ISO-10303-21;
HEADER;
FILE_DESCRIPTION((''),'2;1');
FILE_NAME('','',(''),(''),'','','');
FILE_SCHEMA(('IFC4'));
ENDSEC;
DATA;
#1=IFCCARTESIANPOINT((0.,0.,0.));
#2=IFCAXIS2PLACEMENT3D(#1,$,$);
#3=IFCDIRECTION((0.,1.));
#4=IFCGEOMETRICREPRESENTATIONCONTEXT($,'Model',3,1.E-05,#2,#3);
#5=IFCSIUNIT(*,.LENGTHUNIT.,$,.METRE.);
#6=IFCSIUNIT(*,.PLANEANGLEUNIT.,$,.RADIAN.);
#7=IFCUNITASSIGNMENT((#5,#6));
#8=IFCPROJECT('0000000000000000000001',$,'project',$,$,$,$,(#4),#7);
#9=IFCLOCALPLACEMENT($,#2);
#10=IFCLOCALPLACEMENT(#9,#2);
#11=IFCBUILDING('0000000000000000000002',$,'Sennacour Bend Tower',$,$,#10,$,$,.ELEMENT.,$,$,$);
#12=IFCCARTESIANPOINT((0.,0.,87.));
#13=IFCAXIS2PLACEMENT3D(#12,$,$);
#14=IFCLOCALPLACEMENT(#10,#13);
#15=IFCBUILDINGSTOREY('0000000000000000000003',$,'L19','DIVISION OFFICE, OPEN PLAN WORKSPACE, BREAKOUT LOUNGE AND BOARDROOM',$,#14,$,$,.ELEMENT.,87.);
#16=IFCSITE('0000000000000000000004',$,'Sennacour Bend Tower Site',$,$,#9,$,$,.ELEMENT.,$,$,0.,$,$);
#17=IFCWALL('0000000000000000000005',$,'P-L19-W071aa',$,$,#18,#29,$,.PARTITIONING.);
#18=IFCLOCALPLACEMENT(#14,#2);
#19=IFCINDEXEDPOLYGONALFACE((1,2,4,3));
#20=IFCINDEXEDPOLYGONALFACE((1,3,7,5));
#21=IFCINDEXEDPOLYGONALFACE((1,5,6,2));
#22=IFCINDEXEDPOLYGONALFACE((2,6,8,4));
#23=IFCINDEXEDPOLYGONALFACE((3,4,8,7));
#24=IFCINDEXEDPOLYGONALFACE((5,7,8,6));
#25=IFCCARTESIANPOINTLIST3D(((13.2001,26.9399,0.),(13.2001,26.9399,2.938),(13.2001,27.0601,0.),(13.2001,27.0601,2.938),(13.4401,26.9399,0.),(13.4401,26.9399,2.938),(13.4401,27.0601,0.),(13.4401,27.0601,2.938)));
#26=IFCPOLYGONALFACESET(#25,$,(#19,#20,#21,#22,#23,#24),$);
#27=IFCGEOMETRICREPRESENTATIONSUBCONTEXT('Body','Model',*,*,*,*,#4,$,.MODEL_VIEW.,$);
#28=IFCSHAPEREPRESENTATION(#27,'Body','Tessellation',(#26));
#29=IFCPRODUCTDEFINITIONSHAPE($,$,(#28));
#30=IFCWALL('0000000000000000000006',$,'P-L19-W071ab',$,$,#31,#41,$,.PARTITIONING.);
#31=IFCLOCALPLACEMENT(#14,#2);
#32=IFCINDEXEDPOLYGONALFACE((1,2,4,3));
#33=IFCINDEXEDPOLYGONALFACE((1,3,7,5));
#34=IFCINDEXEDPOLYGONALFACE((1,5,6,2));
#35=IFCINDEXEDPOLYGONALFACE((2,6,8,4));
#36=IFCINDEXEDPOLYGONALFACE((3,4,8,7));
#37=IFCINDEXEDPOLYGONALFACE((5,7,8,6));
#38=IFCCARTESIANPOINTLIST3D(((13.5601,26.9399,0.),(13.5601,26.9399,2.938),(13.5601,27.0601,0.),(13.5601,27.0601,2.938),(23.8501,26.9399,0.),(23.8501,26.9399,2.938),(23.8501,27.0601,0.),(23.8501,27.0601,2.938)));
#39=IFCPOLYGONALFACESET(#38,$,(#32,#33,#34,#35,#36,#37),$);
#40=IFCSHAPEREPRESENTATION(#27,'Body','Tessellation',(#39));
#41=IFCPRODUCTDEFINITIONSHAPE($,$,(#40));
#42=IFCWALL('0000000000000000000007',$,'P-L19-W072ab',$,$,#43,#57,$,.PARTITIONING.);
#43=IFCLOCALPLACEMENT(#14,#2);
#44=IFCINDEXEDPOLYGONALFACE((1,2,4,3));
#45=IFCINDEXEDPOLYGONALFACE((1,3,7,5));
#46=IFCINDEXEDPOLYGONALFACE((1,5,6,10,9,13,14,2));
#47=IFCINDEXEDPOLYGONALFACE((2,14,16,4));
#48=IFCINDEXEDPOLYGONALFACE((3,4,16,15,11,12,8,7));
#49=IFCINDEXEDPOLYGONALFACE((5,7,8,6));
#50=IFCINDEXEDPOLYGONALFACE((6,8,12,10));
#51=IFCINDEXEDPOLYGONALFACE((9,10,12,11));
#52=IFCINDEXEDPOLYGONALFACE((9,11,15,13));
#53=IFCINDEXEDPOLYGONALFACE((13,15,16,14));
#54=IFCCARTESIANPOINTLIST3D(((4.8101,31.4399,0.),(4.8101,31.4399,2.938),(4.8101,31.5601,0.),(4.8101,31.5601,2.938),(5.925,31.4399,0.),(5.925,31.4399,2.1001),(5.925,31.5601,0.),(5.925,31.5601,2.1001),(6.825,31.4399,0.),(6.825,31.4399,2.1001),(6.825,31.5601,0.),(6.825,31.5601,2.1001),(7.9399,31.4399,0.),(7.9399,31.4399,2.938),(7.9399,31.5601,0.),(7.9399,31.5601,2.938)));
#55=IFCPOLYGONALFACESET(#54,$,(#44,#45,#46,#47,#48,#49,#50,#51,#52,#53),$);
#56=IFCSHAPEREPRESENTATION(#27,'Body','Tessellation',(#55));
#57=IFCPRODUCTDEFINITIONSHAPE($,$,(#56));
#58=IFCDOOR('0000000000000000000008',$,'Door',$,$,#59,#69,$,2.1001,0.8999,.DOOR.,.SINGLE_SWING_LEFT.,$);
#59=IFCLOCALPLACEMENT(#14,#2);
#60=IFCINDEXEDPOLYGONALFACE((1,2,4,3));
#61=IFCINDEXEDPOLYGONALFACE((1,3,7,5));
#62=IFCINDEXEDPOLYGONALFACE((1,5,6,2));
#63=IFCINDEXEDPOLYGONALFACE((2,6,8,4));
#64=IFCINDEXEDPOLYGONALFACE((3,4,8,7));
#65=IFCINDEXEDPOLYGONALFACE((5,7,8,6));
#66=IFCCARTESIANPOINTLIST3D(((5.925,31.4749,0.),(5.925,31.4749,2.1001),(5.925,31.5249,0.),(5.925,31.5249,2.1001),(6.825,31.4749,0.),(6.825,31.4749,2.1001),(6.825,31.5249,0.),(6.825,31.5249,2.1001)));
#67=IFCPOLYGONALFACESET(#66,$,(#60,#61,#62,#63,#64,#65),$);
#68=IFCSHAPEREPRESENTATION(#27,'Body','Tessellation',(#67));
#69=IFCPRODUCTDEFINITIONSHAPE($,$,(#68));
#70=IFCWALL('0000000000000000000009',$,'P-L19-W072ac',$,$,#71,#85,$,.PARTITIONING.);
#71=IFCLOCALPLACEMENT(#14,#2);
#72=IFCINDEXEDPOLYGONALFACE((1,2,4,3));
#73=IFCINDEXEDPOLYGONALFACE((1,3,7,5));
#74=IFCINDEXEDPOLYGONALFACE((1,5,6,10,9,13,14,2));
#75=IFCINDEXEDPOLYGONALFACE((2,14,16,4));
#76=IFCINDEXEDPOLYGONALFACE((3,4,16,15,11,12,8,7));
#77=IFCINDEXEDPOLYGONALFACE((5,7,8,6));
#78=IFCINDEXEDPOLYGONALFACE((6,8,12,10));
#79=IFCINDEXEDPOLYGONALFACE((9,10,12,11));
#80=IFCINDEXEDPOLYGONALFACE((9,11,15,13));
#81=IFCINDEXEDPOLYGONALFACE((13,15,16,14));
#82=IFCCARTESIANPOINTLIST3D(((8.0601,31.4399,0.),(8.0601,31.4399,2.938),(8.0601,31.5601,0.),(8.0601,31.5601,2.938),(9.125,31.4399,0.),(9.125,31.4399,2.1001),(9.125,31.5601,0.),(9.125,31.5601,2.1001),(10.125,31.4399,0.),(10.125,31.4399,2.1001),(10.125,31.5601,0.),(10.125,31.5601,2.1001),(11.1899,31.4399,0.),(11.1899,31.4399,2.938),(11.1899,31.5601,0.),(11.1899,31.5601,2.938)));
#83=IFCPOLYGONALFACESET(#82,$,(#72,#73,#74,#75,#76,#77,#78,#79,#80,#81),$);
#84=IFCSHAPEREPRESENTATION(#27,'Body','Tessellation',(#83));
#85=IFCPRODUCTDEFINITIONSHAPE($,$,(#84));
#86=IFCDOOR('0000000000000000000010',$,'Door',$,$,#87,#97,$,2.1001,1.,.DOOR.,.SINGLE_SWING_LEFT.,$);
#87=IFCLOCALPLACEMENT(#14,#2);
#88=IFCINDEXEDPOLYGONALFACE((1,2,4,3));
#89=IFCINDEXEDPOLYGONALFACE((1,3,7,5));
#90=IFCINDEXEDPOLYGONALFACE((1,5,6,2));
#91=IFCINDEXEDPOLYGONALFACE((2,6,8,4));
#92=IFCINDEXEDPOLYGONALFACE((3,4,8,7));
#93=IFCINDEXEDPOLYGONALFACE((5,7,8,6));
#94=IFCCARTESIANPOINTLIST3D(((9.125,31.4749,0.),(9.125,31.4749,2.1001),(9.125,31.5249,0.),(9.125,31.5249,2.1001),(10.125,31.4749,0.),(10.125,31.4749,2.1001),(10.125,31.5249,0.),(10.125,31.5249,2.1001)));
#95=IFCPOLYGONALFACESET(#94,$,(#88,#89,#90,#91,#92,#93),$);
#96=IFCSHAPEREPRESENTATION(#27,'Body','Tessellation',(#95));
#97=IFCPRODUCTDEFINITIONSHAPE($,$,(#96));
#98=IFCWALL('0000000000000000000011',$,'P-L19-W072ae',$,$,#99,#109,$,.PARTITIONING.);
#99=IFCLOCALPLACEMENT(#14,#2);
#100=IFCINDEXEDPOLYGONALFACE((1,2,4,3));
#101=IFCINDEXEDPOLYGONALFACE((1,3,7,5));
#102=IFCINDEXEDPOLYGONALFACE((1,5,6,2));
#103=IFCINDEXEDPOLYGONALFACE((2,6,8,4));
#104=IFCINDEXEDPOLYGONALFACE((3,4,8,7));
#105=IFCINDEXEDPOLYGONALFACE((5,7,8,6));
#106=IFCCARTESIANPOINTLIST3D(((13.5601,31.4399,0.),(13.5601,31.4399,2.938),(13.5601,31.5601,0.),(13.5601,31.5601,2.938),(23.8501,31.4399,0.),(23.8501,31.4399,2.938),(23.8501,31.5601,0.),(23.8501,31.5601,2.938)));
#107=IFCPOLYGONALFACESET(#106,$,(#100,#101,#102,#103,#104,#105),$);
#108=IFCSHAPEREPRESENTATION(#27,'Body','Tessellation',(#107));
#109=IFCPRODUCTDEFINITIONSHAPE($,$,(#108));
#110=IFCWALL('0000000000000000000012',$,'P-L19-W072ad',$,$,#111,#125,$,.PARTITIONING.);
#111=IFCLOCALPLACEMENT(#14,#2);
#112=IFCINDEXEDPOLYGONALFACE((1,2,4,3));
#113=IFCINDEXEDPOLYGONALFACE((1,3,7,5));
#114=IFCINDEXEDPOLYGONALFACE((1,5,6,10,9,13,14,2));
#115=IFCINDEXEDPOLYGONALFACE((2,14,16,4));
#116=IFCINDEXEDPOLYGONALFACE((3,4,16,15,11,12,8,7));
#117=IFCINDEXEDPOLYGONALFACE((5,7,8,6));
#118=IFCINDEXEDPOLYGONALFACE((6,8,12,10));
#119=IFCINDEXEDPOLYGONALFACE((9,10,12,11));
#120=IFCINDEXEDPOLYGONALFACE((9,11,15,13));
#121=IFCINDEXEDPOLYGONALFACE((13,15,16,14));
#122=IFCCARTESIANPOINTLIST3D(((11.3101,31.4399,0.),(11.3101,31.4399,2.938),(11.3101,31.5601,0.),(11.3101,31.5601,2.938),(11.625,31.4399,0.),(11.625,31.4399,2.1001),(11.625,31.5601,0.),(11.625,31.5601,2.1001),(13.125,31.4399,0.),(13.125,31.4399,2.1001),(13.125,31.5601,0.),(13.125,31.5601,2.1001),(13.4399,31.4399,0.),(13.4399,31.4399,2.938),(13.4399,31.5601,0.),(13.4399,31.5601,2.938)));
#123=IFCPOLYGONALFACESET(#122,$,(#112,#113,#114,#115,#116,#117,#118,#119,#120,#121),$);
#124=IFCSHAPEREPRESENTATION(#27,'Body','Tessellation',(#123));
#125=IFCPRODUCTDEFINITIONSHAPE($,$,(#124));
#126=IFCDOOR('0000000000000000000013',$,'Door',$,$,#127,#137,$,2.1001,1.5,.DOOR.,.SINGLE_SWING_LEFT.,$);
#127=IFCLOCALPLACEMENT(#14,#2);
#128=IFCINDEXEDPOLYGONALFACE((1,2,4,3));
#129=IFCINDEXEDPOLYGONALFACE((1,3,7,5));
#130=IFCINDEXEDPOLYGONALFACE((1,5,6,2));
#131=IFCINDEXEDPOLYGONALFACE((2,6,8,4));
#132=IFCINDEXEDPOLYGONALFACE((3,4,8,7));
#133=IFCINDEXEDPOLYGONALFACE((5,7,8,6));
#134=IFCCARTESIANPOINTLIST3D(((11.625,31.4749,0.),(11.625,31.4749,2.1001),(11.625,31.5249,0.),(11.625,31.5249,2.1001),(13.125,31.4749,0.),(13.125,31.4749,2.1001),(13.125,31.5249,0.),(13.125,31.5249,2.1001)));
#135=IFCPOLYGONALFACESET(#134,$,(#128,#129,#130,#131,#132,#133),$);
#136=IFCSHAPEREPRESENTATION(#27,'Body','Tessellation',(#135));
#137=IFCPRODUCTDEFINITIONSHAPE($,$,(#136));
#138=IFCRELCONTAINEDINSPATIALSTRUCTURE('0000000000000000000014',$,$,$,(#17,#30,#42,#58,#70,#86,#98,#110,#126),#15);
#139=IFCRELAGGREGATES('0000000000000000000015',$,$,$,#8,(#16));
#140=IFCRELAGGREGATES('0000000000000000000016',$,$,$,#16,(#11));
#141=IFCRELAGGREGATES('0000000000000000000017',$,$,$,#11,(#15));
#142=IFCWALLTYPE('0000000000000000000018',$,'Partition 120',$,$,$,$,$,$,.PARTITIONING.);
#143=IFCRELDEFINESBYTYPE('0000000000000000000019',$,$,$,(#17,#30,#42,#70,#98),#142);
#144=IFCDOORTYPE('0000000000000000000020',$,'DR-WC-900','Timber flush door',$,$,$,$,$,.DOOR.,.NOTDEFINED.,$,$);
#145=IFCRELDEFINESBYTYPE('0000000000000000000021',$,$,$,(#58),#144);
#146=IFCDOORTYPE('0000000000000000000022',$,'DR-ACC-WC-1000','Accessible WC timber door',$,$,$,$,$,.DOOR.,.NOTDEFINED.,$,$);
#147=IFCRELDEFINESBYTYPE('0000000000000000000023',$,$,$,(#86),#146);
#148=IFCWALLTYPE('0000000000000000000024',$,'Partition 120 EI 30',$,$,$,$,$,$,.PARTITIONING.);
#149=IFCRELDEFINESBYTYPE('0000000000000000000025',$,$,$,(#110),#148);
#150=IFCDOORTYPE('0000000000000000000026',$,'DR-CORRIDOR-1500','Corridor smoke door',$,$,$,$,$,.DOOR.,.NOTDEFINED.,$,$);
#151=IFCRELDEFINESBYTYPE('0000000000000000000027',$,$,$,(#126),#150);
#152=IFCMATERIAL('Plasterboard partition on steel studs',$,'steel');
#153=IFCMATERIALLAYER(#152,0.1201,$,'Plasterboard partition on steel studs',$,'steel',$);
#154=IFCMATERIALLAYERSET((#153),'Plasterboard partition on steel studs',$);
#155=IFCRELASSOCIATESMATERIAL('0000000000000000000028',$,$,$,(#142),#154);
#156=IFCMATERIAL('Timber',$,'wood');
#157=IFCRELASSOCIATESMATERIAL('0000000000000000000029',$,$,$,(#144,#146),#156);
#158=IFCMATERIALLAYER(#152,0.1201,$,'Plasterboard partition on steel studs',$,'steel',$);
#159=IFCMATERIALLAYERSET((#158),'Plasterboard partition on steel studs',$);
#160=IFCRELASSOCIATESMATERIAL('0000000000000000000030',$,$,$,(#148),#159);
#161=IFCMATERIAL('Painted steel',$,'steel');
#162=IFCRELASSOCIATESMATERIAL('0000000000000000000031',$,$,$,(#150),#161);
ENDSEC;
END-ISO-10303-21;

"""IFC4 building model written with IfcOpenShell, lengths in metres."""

from ifc_helpers import new_model, si_unit, direction, frame, frame_2d, origin, place, context, subcontext, project, spatial, rectangle, extrude, material, layer, layer_set, type_object, element, fill, save


model = new_model("IFC4")

# Units and contexts
model_context = context("Model", 3, precision=1e-05, world=origin(), true_north=direction((0.0, 1.0)))
body_context = subcontext(model_context, "Body", "Model", "MODEL_VIEW")
ifc_project = project(units=[si_unit("LENGTHUNIT", "METRE"), si_unit("PLANEANGLEUNIT", "RADIAN")], contexts=[model_context])

# Site, building, storey
site_placement = place(None, origin())
site = spatial("IfcSite", under=ifc_project, at=site_placement, Name="Sennacour Bend Tower Site", CompositionType="ELEMENT", RefElevation=0.0)
building_placement = place(site_placement, origin())
building = spatial("IfcBuilding", under=site, at=building_placement, Name="Sennacour Bend Tower", CompositionType="ELEMENT")
storey_placement = place(building_placement, frame((0.0, 0.0, 87.0)))
storey = spatial("IfcBuildingStorey", under=building, at=storey_placement, Name="L19", Description="DIVISION OFFICE, OPEN PLAN WORKSPACE, BREAKOUT LOUNGE AND BOARDROOM", CompositionType="ELEMENT", Elevation=87.0)

# Walls
ifc_material_1 = material(Name="Plasterboard partition on steel studs", Category="steel")
ifc_layer_1 = layer(ifc_material_1, 0.1201, Name="Plasterboard partition on steel studs", Category="steel")
ifc_layer_set_1 = layer_set([ifc_layer_1], Name="Plasterboard partition on steel studs")
wall_type_1 = type_object("IfcWallType", Name="Partition 120", PredefinedType="PARTITIONING", material=ifc_layer_set_1)
for number, where, z_axis, x_axis, name in (
    (1, (13.2, 27.0, 0.0), (0.0, 0.0, 1.0), (1.0, 0.0, 0.0), "P-L19-W071aa"),
):
    element("IfcWall", number, at=place(storey_placement, frame(where, z_axis=z_axis, x_axis=x_axis)), inside=storey, type_object=wall_type_1, Name=name, PredefinedType="PARTITIONING", context=body_context, shape_type="SweptSolid", body=[
        extrude(rectangle(XDim=0.24, YDim=0.1201, at=frame_2d((0.1201, 0.0))), origin(), (0.0, 0.0, 1.0), 2.938),
    ])
wall_1_placement = place(storey_placement, frame((13.5601, 27.0, 0.0), z_axis=(0.0, 0.0, 1.0), x_axis=(1.0, 0.0, 0.0)))
element("IfcWall", 2, at=wall_1_placement, inside=storey, type_object=wall_type_1, Name="P-L19-W071ab", PredefinedType="PARTITIONING", context=body_context, shape_type="SweptSolid", body=[
    extrude(rectangle(XDim=10.29, YDim=0.1201, at=frame_2d((5.145, 0.0))), origin(), (0.0, 0.0, 1.0), 2.938),
])

# Walls, openings, doors
wall_2_placement = place(storey_placement, frame((4.8101, 31.5, 0.0), z_axis=(0.0, 0.0, 1.0), x_axis=(1.0, 0.0, 0.0)))
wall_2 = element("IfcWall", 3, at=wall_2_placement, inside=storey, type_object=wall_type_1, Name="P-L19-W072ab", PredefinedType="PARTITIONING", context=body_context, shape_type="SweptSolid", body=[
    extrude(rectangle(XDim=3.1299, YDim=0.1201, at=frame_2d((1.5649, 0.0))), origin(), (0.0, 0.0, 1.0), 2.938),
])
opening_1_placement = place(wall_2_placement, frame((1.115, 0.0, 0.0)))
opening_1 = element("IfcOpeningElement", 4, at=opening_1_placement, cuts=wall_2, PredefinedType="OPENING", context=body_context, shape_type="SweptSolid", body=[
    extrude(rectangle(XDim=0.8999, YDim=2.1001, at=frame_2d((0.45, 1.05))), frame((0.0, 0.0701, 0.0), z_axis=(0.0, -1.0, 0.0), x_axis=(1.0, 0.0, 0.0)), (0.0, 0.0, 1.0), 0.1401),
])
ifc_material_2 = material(Name="Timber", Category="wood")
door_type_1 = type_object("IfcDoorType", Name="DR-WC-900", Description="Timber flush door", OperationType="NOTDEFINED", PredefinedType="DOOR", material=ifc_material_2)
door_1_placement = place(opening_1_placement, origin())
door_1 = element("IfcDoor", 5, at=door_1_placement, inside=storey, type_object=door_type_1, Name="Door", OperationType="SINGLE_SWING_LEFT", OverallHeight=2.1001, OverallWidth=0.8999, PredefinedType="DOOR", context=body_context, shape_type="SweptSolid", body=[
    extrude(rectangle(XDim=0.8999, YDim=2.1001, at=frame_2d((0.45, 1.05))), frame((0.0, 0.0249, 0.0), z_axis=(0.0, -1.0, 0.0), x_axis=(1.0, 0.0, 0.0)), (0.0, 0.0, 1.0), 0.05),
])
fill(opening_1, door_1)
wall_3_placement = place(storey_placement, frame((8.0601, 31.5, 0.0), z_axis=(0.0, 0.0, 1.0), x_axis=(1.0, 0.0, 0.0)))
wall_3 = element("IfcWall", 6, at=wall_3_placement, inside=storey, type_object=wall_type_1, Name="P-L19-W072ac", PredefinedType="PARTITIONING", context=body_context, shape_type="SweptSolid", body=[
    extrude(rectangle(XDim=3.1299, YDim=0.1201, at=frame_2d((1.5649, 0.0))), origin(), (0.0, 0.0, 1.0), 2.938),
])
opening_2_placement = place(wall_3_placement, frame((1.0649, 0.0, 0.0)))
opening_2 = element("IfcOpeningElement", 7, at=opening_2_placement, cuts=wall_3, PredefinedType="OPENING", context=body_context, shape_type="SweptSolid", body=[
    extrude(rectangle(XDim=1.0, YDim=2.1001, at=frame_2d((0.5, 1.05))), frame((0.0, 0.0701, 0.0), z_axis=(0.0, -1.0, 0.0), x_axis=(1.0, 0.0, 0.0)), (0.0, 0.0, 1.0), 0.1401),
])
door_type_2 = type_object("IfcDoorType", Name="DR-ACC-WC-1000", Description="Accessible WC timber door", OperationType="NOTDEFINED", PredefinedType="DOOR", material=ifc_material_2)
door_2_placement = place(opening_2_placement, origin())
door_2 = element("IfcDoor", 8, at=door_2_placement, inside=storey, type_object=door_type_2, Name="Door", OperationType="SINGLE_SWING_LEFT", OverallHeight=2.1001, OverallWidth=1.0, PredefinedType="DOOR", context=body_context, shape_type="SweptSolid", body=[
    extrude(rectangle(XDim=1.0, YDim=2.1001, at=frame_2d((0.5, 1.05))), frame((0.0, 0.0249, 0.0), z_axis=(0.0, -1.0, 0.0), x_axis=(1.0, 0.0, 0.0)), (0.0, 0.0, 1.0), 0.05),
])
fill(opening_2, door_2)

# Wall
wall_4_placement = place(storey_placement, frame((13.5601, 31.5, 0.0), z_axis=(0.0, 0.0, 1.0), x_axis=(1.0, 0.0, 0.0)))
element("IfcWall", 9, at=wall_4_placement, inside=storey, type_object=wall_type_1, Name="P-L19-W072ae", PredefinedType="PARTITIONING", context=body_context, shape_type="SweptSolid", body=[
    extrude(rectangle(XDim=10.29, YDim=0.1201, at=frame_2d((5.145, 0.0))), origin(), (0.0, 0.0, 1.0), 2.938),
])

# Wall, opening, door
ifc_layer_2 = layer(ifc_material_1, 0.1201, Name="Plasterboard partition on steel studs", Category="steel")
ifc_layer_set_2 = layer_set([ifc_layer_2], Name="Plasterboard partition on steel studs")
wall_type_2 = type_object("IfcWallType", Name="Partition 120 EI 30", PredefinedType="PARTITIONING", material=ifc_layer_set_2)
wall_5_placement = place(storey_placement, frame((11.3101, 31.5, 0.0), z_axis=(0.0, 0.0, 1.0), x_axis=(1.0, 0.0, 0.0)))
wall_5 = element("IfcWall", 10, at=wall_5_placement, inside=storey, type_object=wall_type_2, Name="P-L19-W072ad", PredefinedType="PARTITIONING", context=body_context, shape_type="SweptSolid", body=[
    extrude(rectangle(XDim=2.1299, YDim=0.1201, at=frame_2d((1.0649, 0.0))), origin(), (0.0, 0.0, 1.0), 2.938),
])
opening_3_placement = place(wall_5_placement, frame((0.3149, 0.0, 0.0)))
opening_3 = element("IfcOpeningElement", 11, at=opening_3_placement, cuts=wall_5, PredefinedType="OPENING", context=body_context, shape_type="SweptSolid", body=[
    extrude(rectangle(XDim=1.5, YDim=2.1001, at=frame_2d((0.75, 1.05))), frame((0.0, 0.0701, 0.0), z_axis=(0.0, -1.0, 0.0), x_axis=(1.0, 0.0, 0.0)), (0.0, 0.0, 1.0), 0.1401),
])
ifc_material_3 = material(Name="Painted steel", Category="steel")
door_type_3 = type_object("IfcDoorType", Name="DR-CORRIDOR-1500", Description="Corridor smoke door", OperationType="NOTDEFINED", PredefinedType="DOOR", material=ifc_material_3)
door_3_placement = place(opening_3_placement, origin())
door_3 = element("IfcDoor", 12, at=door_3_placement, inside=storey, type_object=door_type_3, Name="Door", OperationType="SINGLE_SWING_LEFT", OverallHeight=2.1001, OverallWidth=1.5, PredefinedType="DOOR", context=body_context, shape_type="SweptSolid", body=[
    extrude(rectangle(XDim=1.5, YDim=2.1001, at=frame_2d((0.75, 1.05))), frame((0.0, 0.0249, 0.0), z_axis=(0.0, -1.0, 0.0), x_axis=(1.0, 0.0, 0.0)), (0.0, 0.0, 1.0), 0.05),
])
fill(opening_3, door_3)

save(model, "model.ifc")
